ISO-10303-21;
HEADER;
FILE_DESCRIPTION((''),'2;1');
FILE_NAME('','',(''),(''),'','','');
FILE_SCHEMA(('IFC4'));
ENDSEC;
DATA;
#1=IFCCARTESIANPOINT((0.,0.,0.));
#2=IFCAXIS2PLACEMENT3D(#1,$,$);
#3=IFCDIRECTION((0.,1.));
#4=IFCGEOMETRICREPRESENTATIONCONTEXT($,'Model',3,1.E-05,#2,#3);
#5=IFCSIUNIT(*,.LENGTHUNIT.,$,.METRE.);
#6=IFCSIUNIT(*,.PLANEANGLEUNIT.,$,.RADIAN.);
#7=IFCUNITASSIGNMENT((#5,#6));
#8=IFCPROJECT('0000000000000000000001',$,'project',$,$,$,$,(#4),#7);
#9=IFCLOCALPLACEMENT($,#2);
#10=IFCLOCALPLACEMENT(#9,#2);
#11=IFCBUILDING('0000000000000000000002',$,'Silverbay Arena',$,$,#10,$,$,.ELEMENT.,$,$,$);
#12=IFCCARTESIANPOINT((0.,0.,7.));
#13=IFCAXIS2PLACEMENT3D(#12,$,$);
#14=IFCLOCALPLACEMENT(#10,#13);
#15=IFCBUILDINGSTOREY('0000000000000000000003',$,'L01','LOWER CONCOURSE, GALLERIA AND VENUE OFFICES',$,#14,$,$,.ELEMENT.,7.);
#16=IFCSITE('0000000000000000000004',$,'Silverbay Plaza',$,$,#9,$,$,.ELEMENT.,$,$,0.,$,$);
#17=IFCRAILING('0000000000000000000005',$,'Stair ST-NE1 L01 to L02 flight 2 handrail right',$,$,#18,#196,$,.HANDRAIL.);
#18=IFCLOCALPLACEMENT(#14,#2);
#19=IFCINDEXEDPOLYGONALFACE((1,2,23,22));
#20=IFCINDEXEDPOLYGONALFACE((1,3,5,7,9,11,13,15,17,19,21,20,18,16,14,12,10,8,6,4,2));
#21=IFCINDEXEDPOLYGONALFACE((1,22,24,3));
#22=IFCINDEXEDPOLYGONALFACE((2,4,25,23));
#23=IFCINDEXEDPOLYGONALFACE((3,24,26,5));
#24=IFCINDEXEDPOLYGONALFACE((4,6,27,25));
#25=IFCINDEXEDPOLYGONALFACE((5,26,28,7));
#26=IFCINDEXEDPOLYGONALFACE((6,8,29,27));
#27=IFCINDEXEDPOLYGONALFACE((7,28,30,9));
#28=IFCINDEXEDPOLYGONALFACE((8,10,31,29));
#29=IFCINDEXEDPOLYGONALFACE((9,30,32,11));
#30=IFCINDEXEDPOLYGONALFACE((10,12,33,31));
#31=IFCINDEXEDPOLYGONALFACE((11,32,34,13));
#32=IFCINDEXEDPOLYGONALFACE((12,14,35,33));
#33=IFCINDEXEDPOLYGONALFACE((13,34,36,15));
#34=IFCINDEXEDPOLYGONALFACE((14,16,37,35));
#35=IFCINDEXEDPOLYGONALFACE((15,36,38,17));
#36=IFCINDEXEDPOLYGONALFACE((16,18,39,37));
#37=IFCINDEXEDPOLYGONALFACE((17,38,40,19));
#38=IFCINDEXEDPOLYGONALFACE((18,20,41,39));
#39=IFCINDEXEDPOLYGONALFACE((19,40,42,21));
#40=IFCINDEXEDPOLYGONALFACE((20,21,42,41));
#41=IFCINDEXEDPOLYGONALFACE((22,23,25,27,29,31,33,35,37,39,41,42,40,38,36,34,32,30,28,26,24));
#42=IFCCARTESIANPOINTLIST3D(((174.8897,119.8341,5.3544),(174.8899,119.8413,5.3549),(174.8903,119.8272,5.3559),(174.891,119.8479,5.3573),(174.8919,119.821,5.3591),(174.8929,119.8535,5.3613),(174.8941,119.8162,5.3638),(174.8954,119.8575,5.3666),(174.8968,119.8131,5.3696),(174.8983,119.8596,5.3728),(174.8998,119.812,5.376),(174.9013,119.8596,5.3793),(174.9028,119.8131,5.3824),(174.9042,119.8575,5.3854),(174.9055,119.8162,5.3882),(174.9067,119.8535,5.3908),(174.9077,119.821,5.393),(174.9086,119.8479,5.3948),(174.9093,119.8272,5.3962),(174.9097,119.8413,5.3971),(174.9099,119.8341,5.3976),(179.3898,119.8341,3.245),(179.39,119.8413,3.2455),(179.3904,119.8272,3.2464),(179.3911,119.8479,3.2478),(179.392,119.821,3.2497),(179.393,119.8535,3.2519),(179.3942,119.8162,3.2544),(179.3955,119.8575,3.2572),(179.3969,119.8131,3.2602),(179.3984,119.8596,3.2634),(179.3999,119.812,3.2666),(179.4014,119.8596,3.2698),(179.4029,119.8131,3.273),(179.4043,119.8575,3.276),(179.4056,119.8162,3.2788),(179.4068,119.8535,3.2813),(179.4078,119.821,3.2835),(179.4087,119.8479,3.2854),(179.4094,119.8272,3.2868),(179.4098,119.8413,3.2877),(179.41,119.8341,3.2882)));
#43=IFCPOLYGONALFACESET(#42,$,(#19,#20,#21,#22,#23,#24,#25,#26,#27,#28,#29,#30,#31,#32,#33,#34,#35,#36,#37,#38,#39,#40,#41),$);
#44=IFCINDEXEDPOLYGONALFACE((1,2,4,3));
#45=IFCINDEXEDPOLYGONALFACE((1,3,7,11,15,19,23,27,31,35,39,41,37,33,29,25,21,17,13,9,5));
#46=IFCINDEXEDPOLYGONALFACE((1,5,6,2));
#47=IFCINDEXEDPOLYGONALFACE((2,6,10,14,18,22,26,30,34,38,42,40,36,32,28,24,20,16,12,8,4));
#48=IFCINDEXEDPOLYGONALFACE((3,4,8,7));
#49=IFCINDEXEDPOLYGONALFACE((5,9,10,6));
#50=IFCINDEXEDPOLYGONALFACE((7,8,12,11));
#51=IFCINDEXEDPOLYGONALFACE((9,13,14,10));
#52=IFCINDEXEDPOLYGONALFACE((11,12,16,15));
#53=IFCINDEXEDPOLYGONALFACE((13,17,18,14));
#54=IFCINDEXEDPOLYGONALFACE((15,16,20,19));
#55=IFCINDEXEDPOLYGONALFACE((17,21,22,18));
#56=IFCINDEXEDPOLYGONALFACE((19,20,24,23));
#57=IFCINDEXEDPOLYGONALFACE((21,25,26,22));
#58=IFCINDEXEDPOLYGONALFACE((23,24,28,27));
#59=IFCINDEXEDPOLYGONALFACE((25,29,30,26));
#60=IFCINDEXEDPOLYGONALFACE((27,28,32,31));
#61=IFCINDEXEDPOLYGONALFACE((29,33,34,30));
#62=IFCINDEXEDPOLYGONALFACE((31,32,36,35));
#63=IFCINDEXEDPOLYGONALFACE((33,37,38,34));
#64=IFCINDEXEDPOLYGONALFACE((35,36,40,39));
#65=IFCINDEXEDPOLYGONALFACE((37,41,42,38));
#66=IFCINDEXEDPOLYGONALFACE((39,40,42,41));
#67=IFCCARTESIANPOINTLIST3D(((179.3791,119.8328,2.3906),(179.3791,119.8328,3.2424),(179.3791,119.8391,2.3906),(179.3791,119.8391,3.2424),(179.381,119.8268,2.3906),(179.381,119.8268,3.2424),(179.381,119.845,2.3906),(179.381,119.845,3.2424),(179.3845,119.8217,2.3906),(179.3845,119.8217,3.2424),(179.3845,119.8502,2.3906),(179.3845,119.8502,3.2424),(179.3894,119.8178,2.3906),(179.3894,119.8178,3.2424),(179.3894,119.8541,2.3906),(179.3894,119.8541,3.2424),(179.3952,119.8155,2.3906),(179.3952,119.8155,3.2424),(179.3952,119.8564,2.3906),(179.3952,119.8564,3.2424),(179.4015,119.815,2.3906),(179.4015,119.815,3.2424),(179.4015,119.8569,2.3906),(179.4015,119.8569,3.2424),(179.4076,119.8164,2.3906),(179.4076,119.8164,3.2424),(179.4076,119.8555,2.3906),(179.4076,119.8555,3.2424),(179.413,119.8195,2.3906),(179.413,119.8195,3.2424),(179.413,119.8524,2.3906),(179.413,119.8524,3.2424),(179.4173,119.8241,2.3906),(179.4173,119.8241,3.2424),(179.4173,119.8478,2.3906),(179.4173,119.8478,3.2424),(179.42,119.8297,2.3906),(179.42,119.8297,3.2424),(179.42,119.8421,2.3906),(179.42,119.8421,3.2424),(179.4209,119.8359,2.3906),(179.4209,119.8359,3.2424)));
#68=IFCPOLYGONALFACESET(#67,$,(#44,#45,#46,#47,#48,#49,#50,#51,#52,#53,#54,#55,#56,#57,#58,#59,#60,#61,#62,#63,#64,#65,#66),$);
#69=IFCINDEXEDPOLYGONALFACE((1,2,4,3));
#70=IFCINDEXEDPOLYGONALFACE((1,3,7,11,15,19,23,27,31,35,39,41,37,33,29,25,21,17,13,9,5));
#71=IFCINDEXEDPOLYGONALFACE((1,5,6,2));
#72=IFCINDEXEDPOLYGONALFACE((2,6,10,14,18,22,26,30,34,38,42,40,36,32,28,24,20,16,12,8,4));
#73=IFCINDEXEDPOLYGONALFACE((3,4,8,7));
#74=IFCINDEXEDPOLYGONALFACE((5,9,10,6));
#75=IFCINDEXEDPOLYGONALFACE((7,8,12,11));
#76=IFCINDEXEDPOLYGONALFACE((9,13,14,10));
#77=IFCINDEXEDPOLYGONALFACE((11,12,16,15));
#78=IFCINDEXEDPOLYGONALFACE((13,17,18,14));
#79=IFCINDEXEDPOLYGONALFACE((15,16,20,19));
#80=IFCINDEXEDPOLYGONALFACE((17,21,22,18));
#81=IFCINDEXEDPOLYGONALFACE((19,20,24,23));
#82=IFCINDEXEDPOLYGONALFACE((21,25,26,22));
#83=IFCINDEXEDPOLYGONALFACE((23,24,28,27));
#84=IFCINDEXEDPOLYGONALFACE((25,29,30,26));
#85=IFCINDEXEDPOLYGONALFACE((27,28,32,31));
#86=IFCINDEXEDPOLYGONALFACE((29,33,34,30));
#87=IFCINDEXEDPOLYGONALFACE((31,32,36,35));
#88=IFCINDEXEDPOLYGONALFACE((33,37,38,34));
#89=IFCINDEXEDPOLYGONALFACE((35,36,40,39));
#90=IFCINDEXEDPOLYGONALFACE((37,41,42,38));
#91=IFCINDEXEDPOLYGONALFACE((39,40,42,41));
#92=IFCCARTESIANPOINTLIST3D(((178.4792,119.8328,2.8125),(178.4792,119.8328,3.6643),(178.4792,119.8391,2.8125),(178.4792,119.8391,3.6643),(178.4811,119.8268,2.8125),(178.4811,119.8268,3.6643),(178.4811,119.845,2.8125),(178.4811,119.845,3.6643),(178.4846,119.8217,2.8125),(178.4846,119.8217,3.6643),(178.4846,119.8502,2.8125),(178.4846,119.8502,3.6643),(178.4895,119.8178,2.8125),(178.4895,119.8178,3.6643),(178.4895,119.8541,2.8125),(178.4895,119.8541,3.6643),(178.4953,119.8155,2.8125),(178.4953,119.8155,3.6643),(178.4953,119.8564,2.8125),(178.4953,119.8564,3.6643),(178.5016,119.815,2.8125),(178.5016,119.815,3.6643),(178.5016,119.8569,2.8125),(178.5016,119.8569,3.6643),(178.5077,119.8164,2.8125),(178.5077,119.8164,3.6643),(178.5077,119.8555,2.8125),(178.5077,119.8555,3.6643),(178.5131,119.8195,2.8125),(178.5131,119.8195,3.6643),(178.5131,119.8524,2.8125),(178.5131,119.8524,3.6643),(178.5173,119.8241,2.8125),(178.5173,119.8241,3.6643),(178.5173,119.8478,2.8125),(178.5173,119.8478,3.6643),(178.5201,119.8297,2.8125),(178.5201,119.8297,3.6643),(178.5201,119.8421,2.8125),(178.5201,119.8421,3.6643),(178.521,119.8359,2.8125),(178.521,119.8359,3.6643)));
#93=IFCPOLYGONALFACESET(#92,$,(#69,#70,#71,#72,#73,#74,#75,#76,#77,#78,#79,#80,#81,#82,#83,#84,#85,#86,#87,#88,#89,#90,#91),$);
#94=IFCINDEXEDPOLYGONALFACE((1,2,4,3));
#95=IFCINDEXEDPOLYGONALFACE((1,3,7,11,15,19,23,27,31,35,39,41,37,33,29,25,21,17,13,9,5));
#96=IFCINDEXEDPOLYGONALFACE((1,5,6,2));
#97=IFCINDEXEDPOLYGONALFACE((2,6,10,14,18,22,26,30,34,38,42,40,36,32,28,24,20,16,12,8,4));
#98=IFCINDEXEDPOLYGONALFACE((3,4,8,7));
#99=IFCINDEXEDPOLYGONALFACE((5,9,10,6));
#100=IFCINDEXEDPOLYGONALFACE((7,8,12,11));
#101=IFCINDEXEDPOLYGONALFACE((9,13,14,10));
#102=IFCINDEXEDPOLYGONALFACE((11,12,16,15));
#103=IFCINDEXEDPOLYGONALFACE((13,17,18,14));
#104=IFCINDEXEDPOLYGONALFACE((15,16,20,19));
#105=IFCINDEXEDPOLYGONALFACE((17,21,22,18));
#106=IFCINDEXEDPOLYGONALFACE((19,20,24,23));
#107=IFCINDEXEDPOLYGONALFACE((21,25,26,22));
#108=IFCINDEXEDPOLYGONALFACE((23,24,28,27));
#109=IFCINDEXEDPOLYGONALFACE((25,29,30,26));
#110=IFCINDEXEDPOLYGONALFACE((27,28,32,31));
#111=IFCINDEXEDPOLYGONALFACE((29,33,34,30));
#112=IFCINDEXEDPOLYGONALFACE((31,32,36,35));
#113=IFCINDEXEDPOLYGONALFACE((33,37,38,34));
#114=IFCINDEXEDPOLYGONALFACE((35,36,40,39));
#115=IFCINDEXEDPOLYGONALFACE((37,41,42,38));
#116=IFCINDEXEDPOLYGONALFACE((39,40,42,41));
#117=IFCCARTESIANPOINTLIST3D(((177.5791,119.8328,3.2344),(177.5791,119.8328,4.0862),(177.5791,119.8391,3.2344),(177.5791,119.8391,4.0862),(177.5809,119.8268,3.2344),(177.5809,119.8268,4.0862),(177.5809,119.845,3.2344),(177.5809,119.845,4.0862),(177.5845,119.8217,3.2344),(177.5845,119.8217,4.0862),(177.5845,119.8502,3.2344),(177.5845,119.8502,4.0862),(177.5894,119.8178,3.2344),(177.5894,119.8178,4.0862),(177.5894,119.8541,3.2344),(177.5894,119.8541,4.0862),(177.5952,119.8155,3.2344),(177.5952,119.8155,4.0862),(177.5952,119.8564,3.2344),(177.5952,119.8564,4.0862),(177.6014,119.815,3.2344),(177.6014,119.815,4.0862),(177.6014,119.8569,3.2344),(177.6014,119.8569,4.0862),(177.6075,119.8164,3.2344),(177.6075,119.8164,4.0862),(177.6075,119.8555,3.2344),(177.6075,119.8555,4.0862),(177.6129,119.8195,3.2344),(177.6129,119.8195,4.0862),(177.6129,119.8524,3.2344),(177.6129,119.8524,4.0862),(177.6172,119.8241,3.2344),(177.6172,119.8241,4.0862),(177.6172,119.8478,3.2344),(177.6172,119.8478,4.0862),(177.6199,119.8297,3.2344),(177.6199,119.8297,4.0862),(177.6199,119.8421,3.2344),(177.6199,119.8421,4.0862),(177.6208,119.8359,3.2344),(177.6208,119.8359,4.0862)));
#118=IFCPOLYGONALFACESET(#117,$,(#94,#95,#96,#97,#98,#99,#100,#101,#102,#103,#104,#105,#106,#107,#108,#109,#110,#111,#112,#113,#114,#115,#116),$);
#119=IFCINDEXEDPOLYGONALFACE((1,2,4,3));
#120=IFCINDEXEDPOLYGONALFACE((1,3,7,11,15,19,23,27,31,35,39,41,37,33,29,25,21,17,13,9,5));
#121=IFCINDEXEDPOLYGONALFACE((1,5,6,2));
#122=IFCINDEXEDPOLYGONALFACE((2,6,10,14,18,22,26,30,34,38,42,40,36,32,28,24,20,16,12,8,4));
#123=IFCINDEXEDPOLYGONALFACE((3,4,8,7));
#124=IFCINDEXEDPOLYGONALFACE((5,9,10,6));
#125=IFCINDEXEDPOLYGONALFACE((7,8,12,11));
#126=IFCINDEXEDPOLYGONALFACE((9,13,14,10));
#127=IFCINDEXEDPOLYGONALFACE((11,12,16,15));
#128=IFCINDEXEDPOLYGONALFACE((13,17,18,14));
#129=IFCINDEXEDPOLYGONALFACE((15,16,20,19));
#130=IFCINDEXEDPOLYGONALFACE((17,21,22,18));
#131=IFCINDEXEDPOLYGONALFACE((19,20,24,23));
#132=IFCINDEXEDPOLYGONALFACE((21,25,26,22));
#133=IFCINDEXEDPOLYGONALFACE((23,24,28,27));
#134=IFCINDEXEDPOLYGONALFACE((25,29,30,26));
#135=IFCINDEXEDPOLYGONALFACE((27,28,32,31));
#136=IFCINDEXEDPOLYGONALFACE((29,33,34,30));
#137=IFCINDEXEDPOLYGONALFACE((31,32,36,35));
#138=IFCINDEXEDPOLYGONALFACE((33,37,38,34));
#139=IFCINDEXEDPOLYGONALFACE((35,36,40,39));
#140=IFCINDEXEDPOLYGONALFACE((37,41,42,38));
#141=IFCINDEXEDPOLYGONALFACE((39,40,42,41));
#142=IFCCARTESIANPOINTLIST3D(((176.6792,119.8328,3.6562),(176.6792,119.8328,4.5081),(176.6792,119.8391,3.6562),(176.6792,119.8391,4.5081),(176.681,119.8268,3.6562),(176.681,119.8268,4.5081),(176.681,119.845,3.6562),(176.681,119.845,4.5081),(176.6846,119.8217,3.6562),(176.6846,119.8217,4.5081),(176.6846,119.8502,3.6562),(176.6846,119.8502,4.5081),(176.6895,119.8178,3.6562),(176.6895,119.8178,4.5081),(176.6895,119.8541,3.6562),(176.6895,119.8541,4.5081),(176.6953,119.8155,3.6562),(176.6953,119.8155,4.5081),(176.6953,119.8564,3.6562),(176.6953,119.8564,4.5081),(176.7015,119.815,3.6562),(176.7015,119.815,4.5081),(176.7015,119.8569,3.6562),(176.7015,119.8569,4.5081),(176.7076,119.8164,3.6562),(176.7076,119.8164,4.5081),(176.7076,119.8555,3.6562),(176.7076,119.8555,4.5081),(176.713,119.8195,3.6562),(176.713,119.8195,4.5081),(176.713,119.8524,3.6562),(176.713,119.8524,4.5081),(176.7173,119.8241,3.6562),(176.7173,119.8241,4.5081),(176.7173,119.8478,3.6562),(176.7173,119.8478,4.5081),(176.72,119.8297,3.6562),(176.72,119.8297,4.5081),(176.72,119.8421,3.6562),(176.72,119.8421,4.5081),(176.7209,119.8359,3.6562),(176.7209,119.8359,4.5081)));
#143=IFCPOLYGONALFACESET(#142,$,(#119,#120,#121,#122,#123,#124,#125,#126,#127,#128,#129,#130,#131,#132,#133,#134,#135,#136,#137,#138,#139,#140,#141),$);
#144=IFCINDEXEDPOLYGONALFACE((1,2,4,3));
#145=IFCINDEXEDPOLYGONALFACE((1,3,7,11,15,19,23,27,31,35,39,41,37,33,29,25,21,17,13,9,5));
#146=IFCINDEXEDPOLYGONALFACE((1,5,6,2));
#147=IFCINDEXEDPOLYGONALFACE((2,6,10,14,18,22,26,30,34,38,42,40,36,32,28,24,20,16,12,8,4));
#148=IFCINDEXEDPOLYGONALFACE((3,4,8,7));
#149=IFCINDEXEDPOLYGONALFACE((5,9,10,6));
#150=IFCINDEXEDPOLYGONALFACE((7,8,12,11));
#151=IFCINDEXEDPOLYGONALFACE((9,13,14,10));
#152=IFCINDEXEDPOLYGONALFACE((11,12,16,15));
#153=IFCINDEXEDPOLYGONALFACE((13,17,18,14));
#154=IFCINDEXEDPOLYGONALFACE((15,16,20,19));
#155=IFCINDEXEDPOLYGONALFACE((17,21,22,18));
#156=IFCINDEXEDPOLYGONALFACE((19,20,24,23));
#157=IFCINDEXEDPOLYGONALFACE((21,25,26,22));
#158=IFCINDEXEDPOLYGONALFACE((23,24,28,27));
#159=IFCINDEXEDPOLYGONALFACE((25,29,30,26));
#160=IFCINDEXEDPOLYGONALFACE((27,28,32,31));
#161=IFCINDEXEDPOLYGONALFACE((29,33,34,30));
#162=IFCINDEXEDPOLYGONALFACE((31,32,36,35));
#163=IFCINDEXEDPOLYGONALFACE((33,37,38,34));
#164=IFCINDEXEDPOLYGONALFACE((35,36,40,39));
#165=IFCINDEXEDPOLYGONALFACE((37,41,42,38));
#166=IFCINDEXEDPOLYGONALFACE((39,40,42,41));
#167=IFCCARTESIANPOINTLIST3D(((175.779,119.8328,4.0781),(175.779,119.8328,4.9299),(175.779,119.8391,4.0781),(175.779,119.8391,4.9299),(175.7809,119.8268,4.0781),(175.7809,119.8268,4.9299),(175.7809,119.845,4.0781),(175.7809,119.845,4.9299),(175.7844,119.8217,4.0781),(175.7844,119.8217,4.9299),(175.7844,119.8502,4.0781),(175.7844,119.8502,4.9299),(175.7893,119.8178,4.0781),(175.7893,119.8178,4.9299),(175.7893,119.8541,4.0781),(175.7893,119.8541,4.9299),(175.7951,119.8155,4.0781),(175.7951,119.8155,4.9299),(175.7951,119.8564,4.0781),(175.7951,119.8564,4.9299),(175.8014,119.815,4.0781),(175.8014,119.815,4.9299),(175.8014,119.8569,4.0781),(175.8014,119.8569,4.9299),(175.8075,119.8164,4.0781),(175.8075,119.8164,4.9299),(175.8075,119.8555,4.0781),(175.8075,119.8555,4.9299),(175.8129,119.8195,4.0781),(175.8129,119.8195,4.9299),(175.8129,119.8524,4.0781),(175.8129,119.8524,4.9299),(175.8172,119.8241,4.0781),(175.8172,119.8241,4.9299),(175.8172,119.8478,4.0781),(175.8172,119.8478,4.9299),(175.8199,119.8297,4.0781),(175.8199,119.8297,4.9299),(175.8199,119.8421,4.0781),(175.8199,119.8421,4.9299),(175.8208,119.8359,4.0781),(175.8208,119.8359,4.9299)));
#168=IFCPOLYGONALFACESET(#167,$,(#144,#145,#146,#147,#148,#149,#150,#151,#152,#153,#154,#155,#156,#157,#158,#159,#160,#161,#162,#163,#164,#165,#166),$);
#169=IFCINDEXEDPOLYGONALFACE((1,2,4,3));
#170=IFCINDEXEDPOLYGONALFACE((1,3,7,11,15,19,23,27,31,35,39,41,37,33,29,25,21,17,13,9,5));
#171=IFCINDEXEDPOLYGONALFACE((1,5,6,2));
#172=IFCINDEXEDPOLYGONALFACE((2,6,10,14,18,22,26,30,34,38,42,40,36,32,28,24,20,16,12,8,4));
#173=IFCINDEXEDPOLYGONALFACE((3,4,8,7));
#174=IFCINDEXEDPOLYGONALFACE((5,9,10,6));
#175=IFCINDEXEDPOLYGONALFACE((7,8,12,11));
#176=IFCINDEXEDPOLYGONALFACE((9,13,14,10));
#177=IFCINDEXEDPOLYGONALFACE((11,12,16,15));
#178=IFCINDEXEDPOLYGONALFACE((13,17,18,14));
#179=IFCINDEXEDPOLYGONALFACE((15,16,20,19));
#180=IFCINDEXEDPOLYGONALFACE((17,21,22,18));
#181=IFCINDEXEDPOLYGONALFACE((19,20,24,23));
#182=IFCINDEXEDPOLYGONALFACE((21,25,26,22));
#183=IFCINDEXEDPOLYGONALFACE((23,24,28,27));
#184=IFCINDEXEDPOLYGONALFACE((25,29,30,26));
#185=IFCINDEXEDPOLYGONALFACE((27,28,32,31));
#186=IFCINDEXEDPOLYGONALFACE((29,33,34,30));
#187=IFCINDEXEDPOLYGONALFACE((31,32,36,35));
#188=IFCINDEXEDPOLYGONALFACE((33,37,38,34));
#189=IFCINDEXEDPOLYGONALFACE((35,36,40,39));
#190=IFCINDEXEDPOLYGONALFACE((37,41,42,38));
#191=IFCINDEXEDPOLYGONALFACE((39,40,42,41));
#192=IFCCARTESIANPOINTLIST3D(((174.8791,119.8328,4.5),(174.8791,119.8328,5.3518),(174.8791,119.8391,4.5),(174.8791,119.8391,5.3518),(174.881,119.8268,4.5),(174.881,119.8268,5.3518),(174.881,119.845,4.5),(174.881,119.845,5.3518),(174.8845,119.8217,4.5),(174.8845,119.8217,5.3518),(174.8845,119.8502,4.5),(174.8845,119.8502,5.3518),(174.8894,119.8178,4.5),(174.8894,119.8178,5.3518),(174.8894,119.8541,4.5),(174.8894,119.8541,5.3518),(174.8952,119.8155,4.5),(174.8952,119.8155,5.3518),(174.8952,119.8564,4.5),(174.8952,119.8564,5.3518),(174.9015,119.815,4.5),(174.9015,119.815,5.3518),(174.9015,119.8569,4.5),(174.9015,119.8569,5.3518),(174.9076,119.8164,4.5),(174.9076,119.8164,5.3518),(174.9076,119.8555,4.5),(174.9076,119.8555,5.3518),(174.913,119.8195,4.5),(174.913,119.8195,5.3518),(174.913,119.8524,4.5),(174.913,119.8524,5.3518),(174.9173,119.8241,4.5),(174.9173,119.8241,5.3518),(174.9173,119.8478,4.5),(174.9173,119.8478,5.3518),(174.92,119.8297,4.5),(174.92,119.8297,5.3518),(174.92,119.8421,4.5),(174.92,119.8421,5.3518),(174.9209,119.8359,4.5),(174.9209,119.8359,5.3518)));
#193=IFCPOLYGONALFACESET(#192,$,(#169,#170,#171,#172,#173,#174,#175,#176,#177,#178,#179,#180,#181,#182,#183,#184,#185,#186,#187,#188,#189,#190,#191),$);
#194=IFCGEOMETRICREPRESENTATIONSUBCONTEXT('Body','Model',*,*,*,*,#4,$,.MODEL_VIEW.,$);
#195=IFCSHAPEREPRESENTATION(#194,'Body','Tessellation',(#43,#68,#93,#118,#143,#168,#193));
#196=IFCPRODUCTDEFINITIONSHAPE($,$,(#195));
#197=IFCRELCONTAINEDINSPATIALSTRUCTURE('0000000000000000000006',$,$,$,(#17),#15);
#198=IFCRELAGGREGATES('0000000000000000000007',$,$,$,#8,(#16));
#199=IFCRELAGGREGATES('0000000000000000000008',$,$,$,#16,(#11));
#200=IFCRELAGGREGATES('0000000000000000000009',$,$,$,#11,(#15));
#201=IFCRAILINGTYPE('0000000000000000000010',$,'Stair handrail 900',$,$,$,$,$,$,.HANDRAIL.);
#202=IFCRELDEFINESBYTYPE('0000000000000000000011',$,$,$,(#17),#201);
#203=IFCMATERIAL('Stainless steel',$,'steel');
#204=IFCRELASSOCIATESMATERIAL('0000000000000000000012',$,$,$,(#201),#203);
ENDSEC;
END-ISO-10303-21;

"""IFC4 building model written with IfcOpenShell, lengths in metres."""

from ifc_helpers import new_model, si_unit, direction, frame, origin, origin_2d, place, context, subcontext, project, spatial, circle, extrude, material, type_object, element, save


model = new_model("IFC4")

# Units and contexts
model_context = context("Model", 3, precision=1e-05, world=origin(), true_north=direction((0.0, 1.0)))
body_context = subcontext(model_context, "Body", "Model", "MODEL_VIEW")
ifc_project = project(units=[si_unit("LENGTHUNIT", "METRE"), si_unit("PLANEANGLEUNIT", "RADIAN")], contexts=[model_context])

# Site, building, storey
site_placement = place(None, origin())
site = spatial("IfcSite", under=ifc_project, at=site_placement, Name="Silverbay Plaza", CompositionType="ELEMENT", RefElevation=0.0)
building_placement = place(site_placement, origin())
building = spatial("IfcBuilding", under=site, at=building_placement, Name="Silverbay Arena", CompositionType="ELEMENT")
storey_placement = place(building_placement, frame((0.0, 0.0, 7.0)))
storey = spatial("IfcBuildingStorey", under=building, at=storey_placement, Name="L01", Description="LOWER CONCOURSE, GALLERIA AND VENUE OFFICES", CompositionType="ELEMENT", Elevation=7.0)

# Railing
ifc_material_1 = material(Name="Stainless steel", Category="steel")
railing_type_1 = type_object("IfcRailingType", Name="Stair handrail 900", PredefinedType="HANDRAIL", material=ifc_material_1)
for number, where, name in (
    (1, (179.3999, 119.8359, 2.3906), "Stair ST-NE1 L01 to L02 flight 2 handrail right"),
):
    element("IfcRailing", number, at=place(storey_placement, frame(where)), inside=storey, type_object=railing_type_1, Name=name, PredefinedType="HANDRAIL", context=body_context, shape_type="SweptSolid", body=[
        extrude(circle(Radius=0.0239, at=origin_2d()), frame((0.0, 0.0, 0.876), z_axis=(-0.905459, 0.0, 0.424434), x_axis=(0.0, -1.0, 0.0)), (0.0, 0.0, 1.0), 4.97),
        extrude(circle(Radius=0.021, at=origin_2d()), origin(), (0.0, 0.0, 1.0), 0.8518),
        extrude(circle(Radius=0.021, at=origin_2d()), frame((-0.8999, 0.0, 0.4219)), (0.0, 0.0, 1.0), 0.8518),
        extrude(circle(Radius=0.021, at=origin_2d()), frame((-1.8, 0.0, 0.8438)), (0.0, 0.0, 1.0), 0.8518),
        extrude(circle(Radius=0.021, at=origin_2d()), frame((-2.7, 0.0, 1.2656)), (0.0, 0.0, 1.0), 0.8518),
        extrude(circle(Radius=0.021, at=origin_2d()), frame((-3.6001, 0.0, 1.6875)), (0.0, 0.0, 1.0), 0.8518),
        extrude(circle(Radius=0.021, at=origin_2d()), frame((-4.5, 0.0, 2.1094)), (0.0, 0.0, 1.0), 0.8518),
    ])

save(model, "model.ifc")
